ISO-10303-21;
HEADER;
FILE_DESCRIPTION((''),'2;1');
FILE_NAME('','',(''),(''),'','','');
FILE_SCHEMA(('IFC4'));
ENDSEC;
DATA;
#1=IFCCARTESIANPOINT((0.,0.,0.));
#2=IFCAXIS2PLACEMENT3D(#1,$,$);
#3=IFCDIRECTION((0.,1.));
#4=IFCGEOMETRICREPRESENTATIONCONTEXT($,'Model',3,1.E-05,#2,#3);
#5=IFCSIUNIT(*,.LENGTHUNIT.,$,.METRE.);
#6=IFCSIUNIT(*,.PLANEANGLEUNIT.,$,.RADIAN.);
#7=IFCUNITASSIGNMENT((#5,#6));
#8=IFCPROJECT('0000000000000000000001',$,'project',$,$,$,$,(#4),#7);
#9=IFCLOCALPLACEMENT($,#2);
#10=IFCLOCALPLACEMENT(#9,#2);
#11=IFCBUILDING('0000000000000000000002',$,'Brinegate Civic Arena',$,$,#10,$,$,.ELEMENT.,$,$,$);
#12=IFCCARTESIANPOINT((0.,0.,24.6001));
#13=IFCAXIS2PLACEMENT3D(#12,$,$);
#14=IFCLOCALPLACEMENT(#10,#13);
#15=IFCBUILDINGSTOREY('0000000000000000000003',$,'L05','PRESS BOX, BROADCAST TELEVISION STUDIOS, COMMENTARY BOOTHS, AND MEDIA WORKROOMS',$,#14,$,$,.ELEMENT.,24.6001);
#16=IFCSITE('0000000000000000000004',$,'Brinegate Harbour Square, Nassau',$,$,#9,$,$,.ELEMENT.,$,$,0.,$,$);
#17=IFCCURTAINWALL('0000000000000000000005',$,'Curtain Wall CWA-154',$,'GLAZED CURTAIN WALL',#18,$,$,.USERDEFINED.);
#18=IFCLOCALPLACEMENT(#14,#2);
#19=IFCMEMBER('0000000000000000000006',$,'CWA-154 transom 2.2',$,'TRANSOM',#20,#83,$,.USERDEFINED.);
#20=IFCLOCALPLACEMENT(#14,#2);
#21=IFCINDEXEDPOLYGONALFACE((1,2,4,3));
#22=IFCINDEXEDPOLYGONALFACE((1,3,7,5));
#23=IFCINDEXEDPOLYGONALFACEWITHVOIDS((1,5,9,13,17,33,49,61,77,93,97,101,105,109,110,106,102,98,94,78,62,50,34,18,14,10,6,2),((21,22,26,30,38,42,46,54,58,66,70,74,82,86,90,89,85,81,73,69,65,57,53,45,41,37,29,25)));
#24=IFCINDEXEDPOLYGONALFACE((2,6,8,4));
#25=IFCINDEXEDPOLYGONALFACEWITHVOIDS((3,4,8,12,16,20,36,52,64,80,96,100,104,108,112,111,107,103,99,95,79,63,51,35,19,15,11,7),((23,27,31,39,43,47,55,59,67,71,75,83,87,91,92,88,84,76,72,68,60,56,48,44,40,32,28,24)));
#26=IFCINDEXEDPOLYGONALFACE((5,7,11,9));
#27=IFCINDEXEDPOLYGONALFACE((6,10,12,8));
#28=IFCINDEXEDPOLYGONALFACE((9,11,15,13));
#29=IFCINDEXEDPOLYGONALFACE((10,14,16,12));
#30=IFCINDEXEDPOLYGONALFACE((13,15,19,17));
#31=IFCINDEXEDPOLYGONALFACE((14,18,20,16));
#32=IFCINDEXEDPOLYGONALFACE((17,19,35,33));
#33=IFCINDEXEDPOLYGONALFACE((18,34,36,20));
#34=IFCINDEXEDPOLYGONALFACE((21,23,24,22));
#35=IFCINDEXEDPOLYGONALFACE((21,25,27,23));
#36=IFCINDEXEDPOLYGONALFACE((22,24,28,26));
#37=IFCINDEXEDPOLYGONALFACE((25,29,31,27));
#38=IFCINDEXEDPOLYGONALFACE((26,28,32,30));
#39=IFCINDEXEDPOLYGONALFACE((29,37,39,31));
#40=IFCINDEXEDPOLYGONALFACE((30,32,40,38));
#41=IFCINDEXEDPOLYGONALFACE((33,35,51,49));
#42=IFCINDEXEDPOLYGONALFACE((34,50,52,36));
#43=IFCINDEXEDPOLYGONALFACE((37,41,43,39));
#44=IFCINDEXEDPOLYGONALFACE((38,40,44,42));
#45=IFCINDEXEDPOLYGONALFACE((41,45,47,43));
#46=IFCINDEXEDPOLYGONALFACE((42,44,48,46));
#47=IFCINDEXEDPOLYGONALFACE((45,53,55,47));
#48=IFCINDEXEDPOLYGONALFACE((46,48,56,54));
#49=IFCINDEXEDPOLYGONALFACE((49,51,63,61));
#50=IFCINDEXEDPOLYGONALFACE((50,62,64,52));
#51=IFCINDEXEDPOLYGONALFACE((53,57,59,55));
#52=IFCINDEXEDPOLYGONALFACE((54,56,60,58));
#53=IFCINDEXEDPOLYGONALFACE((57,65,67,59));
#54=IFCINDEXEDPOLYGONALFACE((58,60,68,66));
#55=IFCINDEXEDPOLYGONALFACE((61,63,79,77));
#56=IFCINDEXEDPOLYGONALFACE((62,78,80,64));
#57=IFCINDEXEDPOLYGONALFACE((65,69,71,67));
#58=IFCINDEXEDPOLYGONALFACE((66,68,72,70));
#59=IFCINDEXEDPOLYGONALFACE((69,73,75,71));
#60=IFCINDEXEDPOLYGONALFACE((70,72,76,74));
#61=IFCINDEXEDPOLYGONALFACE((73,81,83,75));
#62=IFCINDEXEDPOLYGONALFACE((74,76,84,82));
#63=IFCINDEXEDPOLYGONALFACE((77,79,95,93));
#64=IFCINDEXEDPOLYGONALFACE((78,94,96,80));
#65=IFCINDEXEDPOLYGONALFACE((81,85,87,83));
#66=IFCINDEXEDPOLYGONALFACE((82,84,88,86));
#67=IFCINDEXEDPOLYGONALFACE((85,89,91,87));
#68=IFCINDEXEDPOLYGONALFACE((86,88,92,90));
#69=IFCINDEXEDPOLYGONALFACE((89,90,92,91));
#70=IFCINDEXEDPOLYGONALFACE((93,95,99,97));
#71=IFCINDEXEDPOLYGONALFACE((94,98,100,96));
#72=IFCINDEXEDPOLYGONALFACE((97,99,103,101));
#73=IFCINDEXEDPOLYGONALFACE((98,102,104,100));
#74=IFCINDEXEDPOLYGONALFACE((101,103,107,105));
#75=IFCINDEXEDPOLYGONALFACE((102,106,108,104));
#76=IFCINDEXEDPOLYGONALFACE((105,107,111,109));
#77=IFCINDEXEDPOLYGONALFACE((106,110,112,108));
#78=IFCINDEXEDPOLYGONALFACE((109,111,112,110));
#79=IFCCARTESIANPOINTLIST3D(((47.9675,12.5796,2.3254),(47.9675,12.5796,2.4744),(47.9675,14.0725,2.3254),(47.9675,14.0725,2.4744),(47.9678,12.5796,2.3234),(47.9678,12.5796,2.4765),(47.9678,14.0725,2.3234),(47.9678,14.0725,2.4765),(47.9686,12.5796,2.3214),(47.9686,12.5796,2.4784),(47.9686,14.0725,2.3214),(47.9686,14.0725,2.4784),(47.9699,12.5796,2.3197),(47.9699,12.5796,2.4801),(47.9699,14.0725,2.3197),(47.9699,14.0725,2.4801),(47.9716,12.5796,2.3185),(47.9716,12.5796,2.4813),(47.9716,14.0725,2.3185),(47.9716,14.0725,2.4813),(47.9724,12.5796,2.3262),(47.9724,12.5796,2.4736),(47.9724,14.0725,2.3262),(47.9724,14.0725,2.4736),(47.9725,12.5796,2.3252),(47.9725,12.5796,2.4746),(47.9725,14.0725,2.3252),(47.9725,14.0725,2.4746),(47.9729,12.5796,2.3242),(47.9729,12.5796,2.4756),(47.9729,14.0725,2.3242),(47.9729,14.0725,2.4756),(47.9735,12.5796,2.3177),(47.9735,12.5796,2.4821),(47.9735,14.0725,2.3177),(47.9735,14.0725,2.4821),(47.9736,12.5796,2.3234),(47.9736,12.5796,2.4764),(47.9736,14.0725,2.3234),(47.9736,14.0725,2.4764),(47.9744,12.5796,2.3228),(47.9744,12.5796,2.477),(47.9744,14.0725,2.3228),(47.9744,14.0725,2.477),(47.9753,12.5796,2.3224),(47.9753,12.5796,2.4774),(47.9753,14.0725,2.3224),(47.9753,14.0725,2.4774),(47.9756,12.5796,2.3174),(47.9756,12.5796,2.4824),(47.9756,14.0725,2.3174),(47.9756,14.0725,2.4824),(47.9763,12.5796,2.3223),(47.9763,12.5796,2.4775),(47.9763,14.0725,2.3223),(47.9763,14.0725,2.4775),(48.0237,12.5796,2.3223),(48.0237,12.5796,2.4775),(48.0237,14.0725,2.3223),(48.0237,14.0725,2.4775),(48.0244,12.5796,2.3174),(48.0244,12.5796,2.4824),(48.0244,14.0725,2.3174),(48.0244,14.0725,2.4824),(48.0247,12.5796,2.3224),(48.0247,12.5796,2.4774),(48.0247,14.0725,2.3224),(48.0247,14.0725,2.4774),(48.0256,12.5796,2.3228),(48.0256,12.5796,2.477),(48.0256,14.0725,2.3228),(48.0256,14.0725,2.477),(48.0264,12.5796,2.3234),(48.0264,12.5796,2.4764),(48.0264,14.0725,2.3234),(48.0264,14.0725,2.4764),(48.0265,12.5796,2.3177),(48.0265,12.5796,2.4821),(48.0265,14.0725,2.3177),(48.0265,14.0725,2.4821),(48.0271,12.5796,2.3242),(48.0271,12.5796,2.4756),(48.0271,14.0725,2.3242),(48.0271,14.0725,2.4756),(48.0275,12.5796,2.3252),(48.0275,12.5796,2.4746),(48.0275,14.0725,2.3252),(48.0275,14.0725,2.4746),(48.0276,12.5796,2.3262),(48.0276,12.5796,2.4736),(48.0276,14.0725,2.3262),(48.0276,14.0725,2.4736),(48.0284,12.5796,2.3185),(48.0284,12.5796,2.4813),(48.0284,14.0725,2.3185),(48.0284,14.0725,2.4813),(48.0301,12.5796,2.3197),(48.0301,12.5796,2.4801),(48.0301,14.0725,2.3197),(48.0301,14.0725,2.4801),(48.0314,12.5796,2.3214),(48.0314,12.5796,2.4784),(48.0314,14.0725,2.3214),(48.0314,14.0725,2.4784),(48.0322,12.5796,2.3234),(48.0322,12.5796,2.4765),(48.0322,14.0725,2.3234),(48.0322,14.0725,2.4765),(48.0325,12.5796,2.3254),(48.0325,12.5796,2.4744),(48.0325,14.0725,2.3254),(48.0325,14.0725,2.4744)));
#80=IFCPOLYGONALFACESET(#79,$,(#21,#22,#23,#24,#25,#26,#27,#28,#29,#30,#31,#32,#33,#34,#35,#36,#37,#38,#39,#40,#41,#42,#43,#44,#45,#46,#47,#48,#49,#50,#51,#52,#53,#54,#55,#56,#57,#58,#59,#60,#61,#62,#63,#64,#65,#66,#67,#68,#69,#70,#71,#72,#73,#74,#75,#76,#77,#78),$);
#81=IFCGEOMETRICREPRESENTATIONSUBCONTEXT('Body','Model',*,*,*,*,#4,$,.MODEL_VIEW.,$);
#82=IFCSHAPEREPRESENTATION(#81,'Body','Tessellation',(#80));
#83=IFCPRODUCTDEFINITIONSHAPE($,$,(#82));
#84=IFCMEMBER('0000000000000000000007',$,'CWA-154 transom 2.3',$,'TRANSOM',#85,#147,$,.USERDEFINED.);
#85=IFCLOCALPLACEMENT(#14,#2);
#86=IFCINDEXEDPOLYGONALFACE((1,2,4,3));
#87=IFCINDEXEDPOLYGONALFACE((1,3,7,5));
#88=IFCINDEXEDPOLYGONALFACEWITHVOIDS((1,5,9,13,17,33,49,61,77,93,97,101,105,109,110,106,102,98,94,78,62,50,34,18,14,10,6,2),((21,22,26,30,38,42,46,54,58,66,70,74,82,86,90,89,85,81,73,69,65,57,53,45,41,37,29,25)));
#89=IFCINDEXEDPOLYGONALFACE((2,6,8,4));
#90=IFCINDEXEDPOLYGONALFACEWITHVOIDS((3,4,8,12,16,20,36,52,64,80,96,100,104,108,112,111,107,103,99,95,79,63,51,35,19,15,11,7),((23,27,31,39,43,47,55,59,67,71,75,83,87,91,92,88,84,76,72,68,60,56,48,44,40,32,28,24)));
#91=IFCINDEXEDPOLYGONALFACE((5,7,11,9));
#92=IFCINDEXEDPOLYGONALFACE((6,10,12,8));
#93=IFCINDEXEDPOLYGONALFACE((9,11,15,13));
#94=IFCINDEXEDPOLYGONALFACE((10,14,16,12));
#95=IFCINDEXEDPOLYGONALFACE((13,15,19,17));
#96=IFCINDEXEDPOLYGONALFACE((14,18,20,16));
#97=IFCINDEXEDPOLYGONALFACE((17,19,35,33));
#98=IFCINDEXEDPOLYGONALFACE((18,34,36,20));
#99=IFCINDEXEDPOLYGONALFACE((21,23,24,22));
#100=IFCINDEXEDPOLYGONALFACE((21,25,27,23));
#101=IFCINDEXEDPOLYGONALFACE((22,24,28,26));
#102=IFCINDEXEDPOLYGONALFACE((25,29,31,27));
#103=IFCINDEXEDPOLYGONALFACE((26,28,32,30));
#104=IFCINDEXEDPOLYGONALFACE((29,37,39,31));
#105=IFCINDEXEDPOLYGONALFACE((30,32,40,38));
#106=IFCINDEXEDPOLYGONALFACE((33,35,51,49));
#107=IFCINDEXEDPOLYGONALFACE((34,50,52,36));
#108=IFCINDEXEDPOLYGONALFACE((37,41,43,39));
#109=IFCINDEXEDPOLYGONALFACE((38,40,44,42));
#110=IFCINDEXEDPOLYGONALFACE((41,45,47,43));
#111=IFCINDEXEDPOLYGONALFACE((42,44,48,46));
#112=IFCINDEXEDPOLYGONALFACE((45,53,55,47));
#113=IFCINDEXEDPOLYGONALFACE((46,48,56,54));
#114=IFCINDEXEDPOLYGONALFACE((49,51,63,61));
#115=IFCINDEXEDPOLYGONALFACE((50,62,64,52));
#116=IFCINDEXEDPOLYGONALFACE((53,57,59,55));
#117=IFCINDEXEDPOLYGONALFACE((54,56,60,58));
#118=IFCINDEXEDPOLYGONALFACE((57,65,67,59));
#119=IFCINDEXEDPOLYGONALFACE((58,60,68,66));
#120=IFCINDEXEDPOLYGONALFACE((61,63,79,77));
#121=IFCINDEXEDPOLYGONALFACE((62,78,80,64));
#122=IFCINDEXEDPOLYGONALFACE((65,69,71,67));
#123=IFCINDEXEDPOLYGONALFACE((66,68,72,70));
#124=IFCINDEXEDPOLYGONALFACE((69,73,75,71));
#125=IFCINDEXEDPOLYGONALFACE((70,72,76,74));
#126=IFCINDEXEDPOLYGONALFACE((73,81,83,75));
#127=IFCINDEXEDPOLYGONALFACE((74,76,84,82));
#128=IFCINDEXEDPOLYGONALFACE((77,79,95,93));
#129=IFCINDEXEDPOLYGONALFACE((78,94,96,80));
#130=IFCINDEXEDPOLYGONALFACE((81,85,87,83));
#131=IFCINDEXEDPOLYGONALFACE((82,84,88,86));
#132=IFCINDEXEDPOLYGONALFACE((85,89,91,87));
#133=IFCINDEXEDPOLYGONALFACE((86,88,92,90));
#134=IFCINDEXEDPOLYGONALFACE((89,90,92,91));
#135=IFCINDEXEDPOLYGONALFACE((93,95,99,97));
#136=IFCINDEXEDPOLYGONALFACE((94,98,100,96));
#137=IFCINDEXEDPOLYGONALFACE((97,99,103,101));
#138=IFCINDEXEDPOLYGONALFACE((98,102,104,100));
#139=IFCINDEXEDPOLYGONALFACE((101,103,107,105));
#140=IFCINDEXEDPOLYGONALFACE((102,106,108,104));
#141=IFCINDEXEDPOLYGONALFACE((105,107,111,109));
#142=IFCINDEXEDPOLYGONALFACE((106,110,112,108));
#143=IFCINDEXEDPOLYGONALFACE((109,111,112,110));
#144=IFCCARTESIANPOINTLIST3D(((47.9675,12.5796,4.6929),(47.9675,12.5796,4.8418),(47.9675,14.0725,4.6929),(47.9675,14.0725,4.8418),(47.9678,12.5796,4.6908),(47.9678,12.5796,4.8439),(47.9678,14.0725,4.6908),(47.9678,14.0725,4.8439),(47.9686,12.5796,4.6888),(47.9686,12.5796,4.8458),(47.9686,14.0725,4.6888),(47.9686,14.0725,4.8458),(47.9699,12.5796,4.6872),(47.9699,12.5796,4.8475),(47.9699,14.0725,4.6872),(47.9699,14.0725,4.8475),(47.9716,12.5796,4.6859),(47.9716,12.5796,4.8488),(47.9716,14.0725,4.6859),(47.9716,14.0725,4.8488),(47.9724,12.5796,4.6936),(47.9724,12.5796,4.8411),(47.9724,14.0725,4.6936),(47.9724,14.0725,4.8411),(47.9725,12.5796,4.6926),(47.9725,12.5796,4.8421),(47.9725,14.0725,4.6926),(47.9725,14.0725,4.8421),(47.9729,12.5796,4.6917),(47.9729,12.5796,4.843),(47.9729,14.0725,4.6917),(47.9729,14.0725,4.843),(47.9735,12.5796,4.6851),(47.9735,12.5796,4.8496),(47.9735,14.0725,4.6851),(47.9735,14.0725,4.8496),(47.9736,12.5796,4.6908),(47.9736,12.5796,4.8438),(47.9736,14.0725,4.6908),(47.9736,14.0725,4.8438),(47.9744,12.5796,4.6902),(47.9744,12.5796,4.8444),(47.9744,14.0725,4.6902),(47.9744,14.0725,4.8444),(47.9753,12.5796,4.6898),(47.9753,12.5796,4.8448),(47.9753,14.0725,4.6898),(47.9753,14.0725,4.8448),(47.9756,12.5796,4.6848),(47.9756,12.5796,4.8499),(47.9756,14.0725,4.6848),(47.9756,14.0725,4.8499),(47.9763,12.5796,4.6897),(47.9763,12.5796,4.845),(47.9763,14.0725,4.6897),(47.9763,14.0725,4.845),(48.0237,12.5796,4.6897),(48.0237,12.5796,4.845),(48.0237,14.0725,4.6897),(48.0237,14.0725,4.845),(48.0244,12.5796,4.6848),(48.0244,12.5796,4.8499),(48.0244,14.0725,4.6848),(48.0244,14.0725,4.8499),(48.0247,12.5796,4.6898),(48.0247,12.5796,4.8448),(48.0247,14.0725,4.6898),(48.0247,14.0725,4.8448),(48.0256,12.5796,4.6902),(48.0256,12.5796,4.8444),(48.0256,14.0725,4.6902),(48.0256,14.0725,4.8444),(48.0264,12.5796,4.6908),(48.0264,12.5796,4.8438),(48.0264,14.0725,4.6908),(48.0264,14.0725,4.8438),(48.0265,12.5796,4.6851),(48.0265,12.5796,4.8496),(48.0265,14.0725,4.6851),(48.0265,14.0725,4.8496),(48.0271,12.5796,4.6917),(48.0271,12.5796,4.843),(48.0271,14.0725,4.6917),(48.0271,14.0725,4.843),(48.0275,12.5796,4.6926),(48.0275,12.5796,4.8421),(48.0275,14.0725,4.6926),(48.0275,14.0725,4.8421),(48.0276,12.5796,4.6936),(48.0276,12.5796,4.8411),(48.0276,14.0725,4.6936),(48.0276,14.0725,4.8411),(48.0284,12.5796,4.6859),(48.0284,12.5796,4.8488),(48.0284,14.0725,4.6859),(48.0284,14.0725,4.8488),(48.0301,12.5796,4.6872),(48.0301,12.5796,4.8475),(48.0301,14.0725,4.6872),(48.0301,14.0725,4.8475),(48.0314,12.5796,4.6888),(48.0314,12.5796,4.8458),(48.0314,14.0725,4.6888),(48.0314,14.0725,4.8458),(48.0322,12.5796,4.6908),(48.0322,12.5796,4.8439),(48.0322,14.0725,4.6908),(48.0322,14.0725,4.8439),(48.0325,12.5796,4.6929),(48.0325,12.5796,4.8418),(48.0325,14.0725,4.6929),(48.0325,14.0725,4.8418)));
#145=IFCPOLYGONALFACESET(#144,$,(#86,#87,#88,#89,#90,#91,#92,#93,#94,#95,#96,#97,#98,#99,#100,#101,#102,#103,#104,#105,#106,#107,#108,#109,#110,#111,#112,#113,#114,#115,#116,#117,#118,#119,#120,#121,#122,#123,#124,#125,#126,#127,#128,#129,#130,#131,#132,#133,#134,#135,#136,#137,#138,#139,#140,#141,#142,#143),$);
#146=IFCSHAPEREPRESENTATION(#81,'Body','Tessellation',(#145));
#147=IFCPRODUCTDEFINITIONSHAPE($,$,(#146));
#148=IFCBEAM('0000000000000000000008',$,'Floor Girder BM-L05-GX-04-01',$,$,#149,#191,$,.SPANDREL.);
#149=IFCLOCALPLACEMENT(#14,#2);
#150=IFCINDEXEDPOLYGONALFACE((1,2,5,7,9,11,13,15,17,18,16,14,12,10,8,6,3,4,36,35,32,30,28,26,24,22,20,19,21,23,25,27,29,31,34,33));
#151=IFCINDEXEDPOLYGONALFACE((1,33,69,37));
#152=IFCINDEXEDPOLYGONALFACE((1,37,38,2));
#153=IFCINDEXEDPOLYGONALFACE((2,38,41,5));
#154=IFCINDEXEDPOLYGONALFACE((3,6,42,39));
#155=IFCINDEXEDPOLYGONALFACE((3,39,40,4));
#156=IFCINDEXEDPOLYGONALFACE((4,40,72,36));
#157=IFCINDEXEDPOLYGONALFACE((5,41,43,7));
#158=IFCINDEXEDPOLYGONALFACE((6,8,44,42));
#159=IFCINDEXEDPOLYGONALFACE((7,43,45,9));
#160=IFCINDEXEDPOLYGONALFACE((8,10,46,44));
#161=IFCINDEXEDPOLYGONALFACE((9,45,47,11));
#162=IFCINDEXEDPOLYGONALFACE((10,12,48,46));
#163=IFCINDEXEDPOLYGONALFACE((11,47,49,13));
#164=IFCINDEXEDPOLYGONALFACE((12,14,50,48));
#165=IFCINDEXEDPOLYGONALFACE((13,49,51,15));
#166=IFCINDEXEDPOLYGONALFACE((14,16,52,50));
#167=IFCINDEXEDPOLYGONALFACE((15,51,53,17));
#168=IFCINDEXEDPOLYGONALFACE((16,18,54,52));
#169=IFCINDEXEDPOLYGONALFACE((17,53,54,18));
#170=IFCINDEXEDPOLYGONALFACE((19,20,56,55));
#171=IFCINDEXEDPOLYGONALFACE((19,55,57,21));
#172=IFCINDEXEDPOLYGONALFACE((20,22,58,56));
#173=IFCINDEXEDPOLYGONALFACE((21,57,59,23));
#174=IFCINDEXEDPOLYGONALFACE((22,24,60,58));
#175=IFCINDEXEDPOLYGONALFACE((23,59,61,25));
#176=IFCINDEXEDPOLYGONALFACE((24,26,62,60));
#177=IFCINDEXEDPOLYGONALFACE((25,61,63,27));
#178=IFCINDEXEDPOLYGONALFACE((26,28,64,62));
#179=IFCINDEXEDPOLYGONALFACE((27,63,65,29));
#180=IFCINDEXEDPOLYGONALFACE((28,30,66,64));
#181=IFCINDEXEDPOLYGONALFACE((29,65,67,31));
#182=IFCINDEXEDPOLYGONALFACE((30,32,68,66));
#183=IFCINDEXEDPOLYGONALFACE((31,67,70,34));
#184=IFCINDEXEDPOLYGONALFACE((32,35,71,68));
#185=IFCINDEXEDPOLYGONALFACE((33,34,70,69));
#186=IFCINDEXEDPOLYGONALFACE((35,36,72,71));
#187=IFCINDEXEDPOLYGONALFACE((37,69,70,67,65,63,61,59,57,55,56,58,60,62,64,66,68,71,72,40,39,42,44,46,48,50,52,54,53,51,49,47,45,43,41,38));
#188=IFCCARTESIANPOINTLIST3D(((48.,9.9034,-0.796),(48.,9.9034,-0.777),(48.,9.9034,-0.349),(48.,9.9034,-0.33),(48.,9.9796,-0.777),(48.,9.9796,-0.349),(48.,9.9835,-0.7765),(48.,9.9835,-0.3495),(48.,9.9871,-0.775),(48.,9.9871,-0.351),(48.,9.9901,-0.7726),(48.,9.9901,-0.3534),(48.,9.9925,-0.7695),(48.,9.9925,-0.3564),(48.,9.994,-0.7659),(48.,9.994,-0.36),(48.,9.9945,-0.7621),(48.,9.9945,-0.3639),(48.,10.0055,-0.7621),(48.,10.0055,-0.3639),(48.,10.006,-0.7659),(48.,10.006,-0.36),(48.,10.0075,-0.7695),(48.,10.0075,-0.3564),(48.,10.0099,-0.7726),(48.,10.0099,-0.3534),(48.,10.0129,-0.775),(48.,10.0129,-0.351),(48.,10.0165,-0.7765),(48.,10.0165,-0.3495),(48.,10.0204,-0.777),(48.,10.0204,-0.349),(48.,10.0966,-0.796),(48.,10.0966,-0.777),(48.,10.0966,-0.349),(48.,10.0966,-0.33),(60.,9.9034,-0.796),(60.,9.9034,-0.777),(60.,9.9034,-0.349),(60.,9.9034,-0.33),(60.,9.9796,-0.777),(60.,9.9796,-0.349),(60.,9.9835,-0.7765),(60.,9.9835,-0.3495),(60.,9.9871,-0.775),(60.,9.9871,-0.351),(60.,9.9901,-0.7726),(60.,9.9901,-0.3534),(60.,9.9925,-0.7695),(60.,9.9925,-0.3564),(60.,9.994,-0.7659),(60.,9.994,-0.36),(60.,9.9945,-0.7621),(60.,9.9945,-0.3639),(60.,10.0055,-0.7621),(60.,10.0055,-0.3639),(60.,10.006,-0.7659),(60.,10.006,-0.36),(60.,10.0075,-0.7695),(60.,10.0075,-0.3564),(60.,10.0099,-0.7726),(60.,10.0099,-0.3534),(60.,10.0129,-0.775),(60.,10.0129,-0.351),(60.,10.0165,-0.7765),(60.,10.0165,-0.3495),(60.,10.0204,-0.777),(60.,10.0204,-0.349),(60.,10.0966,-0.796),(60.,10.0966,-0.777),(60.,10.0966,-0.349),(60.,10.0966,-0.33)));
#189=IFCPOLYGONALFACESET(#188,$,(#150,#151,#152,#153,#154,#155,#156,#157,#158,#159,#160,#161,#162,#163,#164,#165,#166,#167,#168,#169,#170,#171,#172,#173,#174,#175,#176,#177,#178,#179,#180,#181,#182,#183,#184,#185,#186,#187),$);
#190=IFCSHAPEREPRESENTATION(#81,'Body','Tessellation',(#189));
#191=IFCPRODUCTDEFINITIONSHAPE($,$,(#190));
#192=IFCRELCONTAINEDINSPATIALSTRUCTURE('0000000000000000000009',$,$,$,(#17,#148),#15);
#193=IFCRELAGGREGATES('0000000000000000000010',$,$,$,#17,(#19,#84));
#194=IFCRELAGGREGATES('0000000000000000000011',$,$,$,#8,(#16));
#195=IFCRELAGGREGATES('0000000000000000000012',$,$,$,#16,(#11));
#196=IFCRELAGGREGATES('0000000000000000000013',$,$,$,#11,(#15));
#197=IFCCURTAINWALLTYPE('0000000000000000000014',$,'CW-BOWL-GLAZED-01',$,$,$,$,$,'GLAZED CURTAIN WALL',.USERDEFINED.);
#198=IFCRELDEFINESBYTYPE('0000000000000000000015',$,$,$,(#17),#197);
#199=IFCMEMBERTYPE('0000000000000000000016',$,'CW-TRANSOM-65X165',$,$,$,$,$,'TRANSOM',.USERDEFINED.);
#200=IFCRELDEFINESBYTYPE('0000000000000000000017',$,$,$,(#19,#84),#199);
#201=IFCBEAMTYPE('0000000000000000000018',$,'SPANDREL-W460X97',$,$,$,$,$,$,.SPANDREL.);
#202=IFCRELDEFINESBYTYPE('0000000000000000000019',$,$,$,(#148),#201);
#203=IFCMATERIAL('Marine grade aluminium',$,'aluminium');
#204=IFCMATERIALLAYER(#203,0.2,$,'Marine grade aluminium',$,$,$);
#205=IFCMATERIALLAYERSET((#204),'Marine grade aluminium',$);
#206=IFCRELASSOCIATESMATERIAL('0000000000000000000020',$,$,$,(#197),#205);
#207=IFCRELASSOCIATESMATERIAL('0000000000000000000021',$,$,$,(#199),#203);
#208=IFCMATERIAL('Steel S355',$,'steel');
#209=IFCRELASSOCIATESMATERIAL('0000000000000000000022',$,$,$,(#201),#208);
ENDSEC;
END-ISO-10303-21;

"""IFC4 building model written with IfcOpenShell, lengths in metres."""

from ifc_helpers import new_model, si_unit, direction, frame, origin, origin_2d, place, context, subcontext, project, spatial, hollow_rectangle, i_section, extrude, material, layer, layer_set, material_profile, profile_set, type_object, element, aggregate, save


model = new_model("IFC4")

# Units and contexts
model_context = context("Model", 3, precision=1e-05, world=origin(), true_north=direction((0.0, 1.0)))
body_context = subcontext(model_context, "Body", "Model", "MODEL_VIEW")
ifc_project = project(units=[si_unit("LENGTHUNIT", "METRE"), si_unit("PLANEANGLEUNIT", "RADIAN")], contexts=[model_context])

# Site, building, storey
site_placement = place(None, origin())
site = spatial("IfcSite", under=ifc_project, at=site_placement, Name="Brinegate Harbour Square, Nassau", CompositionType="ELEMENT", RefElevation=0.0)
building_placement = place(site_placement, origin())
building = spatial("IfcBuilding", under=site, at=building_placement, Name="Brinegate Civic Arena", CompositionType="ELEMENT")
storey_placement = place(building_placement, frame((0.0, 0.0, 24.6001)))
storey = spatial("IfcBuildingStorey", under=building, at=storey_placement, Name="L05", Description="PRESS BOX, BROADCAST TELEVISION STUDIOS, COMMENTARY BOOTHS, AND MEDIA WORKROOMS", CompositionType="ELEMENT", Elevation=24.6001)

# Curtain wall, members
ifc_material_1 = material(Name="Marine grade aluminium", Category="aluminium")
ifc_layer_1 = layer(ifc_material_1, 0.2, Name="Marine grade aluminium")
ifc_layer_set_1 = layer_set([ifc_layer_1], Name="Marine grade aluminium")
curtain_wall_type = type_object("IfcCurtainWallType", Name="CW-BOWL-GLAZED-01", ElementType="GLAZED CURTAIN WALL", PredefinedType="USERDEFINED", material=ifc_layer_set_1)
curtain_wall_placement = place(storey_placement, origin())
curtain_wall = element("IfcCurtainWall", 1, at=curtain_wall_placement, inside=storey, type_object=curtain_wall_type, Name="Curtain Wall CWA-154", ObjectType="GLAZED CURTAIN WALL", PredefinedType="USERDEFINED")
ifc_material_profile_1 = material_profile(ifc_material_1, hollow_rectangle(XDim=0.0649, YDim=0.165, WallThickness=0.0049, InnerFilletRadius=0.0039, OuterFilletRadius=0.0081, at=origin_2d()), Name="TRN65X165")
ifc_profile_set_1 = profile_set([ifc_material_profile_1], Name="Marine grade aluminium")
member_type_1 = type_object("IfcMemberType", Name="CW-TRANSOM-65X165", ElementType="TRANSOM", PredefinedType="USERDEFINED", material=ifc_profile_set_1)
member_1_placement = place(storey_placement, frame((48.0, 12.5796, 2.3999), z_axis=(0.0, 1.0, 0.0), x_axis=(-1.0, 0.0, 0.0)))
member_1 = element("IfcMember", 2, at=member_1_placement, type_object=member_type_1, Name="CWA-154 transom 2.2", ObjectType="TRANSOM", PredefinedType="USERDEFINED", context=body_context, shape_type="SweptSolid", body=[
    extrude(hollow_rectangle(XDim=0.0649, YDim=0.165, WallThickness=0.0049, InnerFilletRadius=0.0039, OuterFilletRadius=0.0081, at=origin_2d()), origin(), (0.0, 0.0, 1.0), 1.4929),
])
member_2_placement = place(storey_placement, frame((48.0, 12.5796, 4.7673), z_axis=(0.0, 1.0, 0.0), x_axis=(-1.0, 0.0, 0.0)))
member_2 = element("IfcMember", 3, at=member_2_placement, type_object=member_type_1, Name="CWA-154 transom 2.3", ObjectType="TRANSOM", PredefinedType="USERDEFINED", context=body_context, shape_type="SweptSolid", body=[
    extrude(hollow_rectangle(XDim=0.0649, YDim=0.165, WallThickness=0.0049, InnerFilletRadius=0.0039, OuterFilletRadius=0.0081, at=origin_2d()), origin(), (0.0, 0.0, 1.0), 1.4929),
])

# Beam
ifc_material_2 = material(Name="Steel S355", Category="steel")
ifc_material_profile_2 = material_profile(ifc_material_2, i_section(OverallWidth=0.1931, OverallDepth=0.4661, WebThickness=0.011, FlangeThickness=0.019, FilletRadius=0.0149, at=origin_2d()), Name="W460X97")
ifc_profile_set_2 = profile_set([ifc_material_profile_2], Name="Steel S355")
beam_type = type_object("IfcBeamType", Name="SPANDREL-W460X97", PredefinedType="SPANDREL", material=ifc_profile_set_2)
beam_1_placement = place(storey_placement, frame((48.0, 10.0, -0.563), z_axis=(1.0, 0.0, 0.0), x_axis=(0.0, 1.0, 0.0)))
element("IfcBeam", 4, at=beam_1_placement, inside=storey, type_object=beam_type, Name="Floor Girder BM-L05-GX-04-01", PredefinedType="SPANDREL", context=body_context, shape_type="SweptSolid", body=[
    extrude(i_section(OverallWidth=0.1931, OverallDepth=0.4661, WebThickness=0.011, FlangeThickness=0.019, FilletRadius=0.0149, at=origin_2d()), origin(), (0.0, 0.0, 1.0), 12.0),
])

aggregate(curtain_wall, [member_1, member_2])

save(model, "model.ifc")
